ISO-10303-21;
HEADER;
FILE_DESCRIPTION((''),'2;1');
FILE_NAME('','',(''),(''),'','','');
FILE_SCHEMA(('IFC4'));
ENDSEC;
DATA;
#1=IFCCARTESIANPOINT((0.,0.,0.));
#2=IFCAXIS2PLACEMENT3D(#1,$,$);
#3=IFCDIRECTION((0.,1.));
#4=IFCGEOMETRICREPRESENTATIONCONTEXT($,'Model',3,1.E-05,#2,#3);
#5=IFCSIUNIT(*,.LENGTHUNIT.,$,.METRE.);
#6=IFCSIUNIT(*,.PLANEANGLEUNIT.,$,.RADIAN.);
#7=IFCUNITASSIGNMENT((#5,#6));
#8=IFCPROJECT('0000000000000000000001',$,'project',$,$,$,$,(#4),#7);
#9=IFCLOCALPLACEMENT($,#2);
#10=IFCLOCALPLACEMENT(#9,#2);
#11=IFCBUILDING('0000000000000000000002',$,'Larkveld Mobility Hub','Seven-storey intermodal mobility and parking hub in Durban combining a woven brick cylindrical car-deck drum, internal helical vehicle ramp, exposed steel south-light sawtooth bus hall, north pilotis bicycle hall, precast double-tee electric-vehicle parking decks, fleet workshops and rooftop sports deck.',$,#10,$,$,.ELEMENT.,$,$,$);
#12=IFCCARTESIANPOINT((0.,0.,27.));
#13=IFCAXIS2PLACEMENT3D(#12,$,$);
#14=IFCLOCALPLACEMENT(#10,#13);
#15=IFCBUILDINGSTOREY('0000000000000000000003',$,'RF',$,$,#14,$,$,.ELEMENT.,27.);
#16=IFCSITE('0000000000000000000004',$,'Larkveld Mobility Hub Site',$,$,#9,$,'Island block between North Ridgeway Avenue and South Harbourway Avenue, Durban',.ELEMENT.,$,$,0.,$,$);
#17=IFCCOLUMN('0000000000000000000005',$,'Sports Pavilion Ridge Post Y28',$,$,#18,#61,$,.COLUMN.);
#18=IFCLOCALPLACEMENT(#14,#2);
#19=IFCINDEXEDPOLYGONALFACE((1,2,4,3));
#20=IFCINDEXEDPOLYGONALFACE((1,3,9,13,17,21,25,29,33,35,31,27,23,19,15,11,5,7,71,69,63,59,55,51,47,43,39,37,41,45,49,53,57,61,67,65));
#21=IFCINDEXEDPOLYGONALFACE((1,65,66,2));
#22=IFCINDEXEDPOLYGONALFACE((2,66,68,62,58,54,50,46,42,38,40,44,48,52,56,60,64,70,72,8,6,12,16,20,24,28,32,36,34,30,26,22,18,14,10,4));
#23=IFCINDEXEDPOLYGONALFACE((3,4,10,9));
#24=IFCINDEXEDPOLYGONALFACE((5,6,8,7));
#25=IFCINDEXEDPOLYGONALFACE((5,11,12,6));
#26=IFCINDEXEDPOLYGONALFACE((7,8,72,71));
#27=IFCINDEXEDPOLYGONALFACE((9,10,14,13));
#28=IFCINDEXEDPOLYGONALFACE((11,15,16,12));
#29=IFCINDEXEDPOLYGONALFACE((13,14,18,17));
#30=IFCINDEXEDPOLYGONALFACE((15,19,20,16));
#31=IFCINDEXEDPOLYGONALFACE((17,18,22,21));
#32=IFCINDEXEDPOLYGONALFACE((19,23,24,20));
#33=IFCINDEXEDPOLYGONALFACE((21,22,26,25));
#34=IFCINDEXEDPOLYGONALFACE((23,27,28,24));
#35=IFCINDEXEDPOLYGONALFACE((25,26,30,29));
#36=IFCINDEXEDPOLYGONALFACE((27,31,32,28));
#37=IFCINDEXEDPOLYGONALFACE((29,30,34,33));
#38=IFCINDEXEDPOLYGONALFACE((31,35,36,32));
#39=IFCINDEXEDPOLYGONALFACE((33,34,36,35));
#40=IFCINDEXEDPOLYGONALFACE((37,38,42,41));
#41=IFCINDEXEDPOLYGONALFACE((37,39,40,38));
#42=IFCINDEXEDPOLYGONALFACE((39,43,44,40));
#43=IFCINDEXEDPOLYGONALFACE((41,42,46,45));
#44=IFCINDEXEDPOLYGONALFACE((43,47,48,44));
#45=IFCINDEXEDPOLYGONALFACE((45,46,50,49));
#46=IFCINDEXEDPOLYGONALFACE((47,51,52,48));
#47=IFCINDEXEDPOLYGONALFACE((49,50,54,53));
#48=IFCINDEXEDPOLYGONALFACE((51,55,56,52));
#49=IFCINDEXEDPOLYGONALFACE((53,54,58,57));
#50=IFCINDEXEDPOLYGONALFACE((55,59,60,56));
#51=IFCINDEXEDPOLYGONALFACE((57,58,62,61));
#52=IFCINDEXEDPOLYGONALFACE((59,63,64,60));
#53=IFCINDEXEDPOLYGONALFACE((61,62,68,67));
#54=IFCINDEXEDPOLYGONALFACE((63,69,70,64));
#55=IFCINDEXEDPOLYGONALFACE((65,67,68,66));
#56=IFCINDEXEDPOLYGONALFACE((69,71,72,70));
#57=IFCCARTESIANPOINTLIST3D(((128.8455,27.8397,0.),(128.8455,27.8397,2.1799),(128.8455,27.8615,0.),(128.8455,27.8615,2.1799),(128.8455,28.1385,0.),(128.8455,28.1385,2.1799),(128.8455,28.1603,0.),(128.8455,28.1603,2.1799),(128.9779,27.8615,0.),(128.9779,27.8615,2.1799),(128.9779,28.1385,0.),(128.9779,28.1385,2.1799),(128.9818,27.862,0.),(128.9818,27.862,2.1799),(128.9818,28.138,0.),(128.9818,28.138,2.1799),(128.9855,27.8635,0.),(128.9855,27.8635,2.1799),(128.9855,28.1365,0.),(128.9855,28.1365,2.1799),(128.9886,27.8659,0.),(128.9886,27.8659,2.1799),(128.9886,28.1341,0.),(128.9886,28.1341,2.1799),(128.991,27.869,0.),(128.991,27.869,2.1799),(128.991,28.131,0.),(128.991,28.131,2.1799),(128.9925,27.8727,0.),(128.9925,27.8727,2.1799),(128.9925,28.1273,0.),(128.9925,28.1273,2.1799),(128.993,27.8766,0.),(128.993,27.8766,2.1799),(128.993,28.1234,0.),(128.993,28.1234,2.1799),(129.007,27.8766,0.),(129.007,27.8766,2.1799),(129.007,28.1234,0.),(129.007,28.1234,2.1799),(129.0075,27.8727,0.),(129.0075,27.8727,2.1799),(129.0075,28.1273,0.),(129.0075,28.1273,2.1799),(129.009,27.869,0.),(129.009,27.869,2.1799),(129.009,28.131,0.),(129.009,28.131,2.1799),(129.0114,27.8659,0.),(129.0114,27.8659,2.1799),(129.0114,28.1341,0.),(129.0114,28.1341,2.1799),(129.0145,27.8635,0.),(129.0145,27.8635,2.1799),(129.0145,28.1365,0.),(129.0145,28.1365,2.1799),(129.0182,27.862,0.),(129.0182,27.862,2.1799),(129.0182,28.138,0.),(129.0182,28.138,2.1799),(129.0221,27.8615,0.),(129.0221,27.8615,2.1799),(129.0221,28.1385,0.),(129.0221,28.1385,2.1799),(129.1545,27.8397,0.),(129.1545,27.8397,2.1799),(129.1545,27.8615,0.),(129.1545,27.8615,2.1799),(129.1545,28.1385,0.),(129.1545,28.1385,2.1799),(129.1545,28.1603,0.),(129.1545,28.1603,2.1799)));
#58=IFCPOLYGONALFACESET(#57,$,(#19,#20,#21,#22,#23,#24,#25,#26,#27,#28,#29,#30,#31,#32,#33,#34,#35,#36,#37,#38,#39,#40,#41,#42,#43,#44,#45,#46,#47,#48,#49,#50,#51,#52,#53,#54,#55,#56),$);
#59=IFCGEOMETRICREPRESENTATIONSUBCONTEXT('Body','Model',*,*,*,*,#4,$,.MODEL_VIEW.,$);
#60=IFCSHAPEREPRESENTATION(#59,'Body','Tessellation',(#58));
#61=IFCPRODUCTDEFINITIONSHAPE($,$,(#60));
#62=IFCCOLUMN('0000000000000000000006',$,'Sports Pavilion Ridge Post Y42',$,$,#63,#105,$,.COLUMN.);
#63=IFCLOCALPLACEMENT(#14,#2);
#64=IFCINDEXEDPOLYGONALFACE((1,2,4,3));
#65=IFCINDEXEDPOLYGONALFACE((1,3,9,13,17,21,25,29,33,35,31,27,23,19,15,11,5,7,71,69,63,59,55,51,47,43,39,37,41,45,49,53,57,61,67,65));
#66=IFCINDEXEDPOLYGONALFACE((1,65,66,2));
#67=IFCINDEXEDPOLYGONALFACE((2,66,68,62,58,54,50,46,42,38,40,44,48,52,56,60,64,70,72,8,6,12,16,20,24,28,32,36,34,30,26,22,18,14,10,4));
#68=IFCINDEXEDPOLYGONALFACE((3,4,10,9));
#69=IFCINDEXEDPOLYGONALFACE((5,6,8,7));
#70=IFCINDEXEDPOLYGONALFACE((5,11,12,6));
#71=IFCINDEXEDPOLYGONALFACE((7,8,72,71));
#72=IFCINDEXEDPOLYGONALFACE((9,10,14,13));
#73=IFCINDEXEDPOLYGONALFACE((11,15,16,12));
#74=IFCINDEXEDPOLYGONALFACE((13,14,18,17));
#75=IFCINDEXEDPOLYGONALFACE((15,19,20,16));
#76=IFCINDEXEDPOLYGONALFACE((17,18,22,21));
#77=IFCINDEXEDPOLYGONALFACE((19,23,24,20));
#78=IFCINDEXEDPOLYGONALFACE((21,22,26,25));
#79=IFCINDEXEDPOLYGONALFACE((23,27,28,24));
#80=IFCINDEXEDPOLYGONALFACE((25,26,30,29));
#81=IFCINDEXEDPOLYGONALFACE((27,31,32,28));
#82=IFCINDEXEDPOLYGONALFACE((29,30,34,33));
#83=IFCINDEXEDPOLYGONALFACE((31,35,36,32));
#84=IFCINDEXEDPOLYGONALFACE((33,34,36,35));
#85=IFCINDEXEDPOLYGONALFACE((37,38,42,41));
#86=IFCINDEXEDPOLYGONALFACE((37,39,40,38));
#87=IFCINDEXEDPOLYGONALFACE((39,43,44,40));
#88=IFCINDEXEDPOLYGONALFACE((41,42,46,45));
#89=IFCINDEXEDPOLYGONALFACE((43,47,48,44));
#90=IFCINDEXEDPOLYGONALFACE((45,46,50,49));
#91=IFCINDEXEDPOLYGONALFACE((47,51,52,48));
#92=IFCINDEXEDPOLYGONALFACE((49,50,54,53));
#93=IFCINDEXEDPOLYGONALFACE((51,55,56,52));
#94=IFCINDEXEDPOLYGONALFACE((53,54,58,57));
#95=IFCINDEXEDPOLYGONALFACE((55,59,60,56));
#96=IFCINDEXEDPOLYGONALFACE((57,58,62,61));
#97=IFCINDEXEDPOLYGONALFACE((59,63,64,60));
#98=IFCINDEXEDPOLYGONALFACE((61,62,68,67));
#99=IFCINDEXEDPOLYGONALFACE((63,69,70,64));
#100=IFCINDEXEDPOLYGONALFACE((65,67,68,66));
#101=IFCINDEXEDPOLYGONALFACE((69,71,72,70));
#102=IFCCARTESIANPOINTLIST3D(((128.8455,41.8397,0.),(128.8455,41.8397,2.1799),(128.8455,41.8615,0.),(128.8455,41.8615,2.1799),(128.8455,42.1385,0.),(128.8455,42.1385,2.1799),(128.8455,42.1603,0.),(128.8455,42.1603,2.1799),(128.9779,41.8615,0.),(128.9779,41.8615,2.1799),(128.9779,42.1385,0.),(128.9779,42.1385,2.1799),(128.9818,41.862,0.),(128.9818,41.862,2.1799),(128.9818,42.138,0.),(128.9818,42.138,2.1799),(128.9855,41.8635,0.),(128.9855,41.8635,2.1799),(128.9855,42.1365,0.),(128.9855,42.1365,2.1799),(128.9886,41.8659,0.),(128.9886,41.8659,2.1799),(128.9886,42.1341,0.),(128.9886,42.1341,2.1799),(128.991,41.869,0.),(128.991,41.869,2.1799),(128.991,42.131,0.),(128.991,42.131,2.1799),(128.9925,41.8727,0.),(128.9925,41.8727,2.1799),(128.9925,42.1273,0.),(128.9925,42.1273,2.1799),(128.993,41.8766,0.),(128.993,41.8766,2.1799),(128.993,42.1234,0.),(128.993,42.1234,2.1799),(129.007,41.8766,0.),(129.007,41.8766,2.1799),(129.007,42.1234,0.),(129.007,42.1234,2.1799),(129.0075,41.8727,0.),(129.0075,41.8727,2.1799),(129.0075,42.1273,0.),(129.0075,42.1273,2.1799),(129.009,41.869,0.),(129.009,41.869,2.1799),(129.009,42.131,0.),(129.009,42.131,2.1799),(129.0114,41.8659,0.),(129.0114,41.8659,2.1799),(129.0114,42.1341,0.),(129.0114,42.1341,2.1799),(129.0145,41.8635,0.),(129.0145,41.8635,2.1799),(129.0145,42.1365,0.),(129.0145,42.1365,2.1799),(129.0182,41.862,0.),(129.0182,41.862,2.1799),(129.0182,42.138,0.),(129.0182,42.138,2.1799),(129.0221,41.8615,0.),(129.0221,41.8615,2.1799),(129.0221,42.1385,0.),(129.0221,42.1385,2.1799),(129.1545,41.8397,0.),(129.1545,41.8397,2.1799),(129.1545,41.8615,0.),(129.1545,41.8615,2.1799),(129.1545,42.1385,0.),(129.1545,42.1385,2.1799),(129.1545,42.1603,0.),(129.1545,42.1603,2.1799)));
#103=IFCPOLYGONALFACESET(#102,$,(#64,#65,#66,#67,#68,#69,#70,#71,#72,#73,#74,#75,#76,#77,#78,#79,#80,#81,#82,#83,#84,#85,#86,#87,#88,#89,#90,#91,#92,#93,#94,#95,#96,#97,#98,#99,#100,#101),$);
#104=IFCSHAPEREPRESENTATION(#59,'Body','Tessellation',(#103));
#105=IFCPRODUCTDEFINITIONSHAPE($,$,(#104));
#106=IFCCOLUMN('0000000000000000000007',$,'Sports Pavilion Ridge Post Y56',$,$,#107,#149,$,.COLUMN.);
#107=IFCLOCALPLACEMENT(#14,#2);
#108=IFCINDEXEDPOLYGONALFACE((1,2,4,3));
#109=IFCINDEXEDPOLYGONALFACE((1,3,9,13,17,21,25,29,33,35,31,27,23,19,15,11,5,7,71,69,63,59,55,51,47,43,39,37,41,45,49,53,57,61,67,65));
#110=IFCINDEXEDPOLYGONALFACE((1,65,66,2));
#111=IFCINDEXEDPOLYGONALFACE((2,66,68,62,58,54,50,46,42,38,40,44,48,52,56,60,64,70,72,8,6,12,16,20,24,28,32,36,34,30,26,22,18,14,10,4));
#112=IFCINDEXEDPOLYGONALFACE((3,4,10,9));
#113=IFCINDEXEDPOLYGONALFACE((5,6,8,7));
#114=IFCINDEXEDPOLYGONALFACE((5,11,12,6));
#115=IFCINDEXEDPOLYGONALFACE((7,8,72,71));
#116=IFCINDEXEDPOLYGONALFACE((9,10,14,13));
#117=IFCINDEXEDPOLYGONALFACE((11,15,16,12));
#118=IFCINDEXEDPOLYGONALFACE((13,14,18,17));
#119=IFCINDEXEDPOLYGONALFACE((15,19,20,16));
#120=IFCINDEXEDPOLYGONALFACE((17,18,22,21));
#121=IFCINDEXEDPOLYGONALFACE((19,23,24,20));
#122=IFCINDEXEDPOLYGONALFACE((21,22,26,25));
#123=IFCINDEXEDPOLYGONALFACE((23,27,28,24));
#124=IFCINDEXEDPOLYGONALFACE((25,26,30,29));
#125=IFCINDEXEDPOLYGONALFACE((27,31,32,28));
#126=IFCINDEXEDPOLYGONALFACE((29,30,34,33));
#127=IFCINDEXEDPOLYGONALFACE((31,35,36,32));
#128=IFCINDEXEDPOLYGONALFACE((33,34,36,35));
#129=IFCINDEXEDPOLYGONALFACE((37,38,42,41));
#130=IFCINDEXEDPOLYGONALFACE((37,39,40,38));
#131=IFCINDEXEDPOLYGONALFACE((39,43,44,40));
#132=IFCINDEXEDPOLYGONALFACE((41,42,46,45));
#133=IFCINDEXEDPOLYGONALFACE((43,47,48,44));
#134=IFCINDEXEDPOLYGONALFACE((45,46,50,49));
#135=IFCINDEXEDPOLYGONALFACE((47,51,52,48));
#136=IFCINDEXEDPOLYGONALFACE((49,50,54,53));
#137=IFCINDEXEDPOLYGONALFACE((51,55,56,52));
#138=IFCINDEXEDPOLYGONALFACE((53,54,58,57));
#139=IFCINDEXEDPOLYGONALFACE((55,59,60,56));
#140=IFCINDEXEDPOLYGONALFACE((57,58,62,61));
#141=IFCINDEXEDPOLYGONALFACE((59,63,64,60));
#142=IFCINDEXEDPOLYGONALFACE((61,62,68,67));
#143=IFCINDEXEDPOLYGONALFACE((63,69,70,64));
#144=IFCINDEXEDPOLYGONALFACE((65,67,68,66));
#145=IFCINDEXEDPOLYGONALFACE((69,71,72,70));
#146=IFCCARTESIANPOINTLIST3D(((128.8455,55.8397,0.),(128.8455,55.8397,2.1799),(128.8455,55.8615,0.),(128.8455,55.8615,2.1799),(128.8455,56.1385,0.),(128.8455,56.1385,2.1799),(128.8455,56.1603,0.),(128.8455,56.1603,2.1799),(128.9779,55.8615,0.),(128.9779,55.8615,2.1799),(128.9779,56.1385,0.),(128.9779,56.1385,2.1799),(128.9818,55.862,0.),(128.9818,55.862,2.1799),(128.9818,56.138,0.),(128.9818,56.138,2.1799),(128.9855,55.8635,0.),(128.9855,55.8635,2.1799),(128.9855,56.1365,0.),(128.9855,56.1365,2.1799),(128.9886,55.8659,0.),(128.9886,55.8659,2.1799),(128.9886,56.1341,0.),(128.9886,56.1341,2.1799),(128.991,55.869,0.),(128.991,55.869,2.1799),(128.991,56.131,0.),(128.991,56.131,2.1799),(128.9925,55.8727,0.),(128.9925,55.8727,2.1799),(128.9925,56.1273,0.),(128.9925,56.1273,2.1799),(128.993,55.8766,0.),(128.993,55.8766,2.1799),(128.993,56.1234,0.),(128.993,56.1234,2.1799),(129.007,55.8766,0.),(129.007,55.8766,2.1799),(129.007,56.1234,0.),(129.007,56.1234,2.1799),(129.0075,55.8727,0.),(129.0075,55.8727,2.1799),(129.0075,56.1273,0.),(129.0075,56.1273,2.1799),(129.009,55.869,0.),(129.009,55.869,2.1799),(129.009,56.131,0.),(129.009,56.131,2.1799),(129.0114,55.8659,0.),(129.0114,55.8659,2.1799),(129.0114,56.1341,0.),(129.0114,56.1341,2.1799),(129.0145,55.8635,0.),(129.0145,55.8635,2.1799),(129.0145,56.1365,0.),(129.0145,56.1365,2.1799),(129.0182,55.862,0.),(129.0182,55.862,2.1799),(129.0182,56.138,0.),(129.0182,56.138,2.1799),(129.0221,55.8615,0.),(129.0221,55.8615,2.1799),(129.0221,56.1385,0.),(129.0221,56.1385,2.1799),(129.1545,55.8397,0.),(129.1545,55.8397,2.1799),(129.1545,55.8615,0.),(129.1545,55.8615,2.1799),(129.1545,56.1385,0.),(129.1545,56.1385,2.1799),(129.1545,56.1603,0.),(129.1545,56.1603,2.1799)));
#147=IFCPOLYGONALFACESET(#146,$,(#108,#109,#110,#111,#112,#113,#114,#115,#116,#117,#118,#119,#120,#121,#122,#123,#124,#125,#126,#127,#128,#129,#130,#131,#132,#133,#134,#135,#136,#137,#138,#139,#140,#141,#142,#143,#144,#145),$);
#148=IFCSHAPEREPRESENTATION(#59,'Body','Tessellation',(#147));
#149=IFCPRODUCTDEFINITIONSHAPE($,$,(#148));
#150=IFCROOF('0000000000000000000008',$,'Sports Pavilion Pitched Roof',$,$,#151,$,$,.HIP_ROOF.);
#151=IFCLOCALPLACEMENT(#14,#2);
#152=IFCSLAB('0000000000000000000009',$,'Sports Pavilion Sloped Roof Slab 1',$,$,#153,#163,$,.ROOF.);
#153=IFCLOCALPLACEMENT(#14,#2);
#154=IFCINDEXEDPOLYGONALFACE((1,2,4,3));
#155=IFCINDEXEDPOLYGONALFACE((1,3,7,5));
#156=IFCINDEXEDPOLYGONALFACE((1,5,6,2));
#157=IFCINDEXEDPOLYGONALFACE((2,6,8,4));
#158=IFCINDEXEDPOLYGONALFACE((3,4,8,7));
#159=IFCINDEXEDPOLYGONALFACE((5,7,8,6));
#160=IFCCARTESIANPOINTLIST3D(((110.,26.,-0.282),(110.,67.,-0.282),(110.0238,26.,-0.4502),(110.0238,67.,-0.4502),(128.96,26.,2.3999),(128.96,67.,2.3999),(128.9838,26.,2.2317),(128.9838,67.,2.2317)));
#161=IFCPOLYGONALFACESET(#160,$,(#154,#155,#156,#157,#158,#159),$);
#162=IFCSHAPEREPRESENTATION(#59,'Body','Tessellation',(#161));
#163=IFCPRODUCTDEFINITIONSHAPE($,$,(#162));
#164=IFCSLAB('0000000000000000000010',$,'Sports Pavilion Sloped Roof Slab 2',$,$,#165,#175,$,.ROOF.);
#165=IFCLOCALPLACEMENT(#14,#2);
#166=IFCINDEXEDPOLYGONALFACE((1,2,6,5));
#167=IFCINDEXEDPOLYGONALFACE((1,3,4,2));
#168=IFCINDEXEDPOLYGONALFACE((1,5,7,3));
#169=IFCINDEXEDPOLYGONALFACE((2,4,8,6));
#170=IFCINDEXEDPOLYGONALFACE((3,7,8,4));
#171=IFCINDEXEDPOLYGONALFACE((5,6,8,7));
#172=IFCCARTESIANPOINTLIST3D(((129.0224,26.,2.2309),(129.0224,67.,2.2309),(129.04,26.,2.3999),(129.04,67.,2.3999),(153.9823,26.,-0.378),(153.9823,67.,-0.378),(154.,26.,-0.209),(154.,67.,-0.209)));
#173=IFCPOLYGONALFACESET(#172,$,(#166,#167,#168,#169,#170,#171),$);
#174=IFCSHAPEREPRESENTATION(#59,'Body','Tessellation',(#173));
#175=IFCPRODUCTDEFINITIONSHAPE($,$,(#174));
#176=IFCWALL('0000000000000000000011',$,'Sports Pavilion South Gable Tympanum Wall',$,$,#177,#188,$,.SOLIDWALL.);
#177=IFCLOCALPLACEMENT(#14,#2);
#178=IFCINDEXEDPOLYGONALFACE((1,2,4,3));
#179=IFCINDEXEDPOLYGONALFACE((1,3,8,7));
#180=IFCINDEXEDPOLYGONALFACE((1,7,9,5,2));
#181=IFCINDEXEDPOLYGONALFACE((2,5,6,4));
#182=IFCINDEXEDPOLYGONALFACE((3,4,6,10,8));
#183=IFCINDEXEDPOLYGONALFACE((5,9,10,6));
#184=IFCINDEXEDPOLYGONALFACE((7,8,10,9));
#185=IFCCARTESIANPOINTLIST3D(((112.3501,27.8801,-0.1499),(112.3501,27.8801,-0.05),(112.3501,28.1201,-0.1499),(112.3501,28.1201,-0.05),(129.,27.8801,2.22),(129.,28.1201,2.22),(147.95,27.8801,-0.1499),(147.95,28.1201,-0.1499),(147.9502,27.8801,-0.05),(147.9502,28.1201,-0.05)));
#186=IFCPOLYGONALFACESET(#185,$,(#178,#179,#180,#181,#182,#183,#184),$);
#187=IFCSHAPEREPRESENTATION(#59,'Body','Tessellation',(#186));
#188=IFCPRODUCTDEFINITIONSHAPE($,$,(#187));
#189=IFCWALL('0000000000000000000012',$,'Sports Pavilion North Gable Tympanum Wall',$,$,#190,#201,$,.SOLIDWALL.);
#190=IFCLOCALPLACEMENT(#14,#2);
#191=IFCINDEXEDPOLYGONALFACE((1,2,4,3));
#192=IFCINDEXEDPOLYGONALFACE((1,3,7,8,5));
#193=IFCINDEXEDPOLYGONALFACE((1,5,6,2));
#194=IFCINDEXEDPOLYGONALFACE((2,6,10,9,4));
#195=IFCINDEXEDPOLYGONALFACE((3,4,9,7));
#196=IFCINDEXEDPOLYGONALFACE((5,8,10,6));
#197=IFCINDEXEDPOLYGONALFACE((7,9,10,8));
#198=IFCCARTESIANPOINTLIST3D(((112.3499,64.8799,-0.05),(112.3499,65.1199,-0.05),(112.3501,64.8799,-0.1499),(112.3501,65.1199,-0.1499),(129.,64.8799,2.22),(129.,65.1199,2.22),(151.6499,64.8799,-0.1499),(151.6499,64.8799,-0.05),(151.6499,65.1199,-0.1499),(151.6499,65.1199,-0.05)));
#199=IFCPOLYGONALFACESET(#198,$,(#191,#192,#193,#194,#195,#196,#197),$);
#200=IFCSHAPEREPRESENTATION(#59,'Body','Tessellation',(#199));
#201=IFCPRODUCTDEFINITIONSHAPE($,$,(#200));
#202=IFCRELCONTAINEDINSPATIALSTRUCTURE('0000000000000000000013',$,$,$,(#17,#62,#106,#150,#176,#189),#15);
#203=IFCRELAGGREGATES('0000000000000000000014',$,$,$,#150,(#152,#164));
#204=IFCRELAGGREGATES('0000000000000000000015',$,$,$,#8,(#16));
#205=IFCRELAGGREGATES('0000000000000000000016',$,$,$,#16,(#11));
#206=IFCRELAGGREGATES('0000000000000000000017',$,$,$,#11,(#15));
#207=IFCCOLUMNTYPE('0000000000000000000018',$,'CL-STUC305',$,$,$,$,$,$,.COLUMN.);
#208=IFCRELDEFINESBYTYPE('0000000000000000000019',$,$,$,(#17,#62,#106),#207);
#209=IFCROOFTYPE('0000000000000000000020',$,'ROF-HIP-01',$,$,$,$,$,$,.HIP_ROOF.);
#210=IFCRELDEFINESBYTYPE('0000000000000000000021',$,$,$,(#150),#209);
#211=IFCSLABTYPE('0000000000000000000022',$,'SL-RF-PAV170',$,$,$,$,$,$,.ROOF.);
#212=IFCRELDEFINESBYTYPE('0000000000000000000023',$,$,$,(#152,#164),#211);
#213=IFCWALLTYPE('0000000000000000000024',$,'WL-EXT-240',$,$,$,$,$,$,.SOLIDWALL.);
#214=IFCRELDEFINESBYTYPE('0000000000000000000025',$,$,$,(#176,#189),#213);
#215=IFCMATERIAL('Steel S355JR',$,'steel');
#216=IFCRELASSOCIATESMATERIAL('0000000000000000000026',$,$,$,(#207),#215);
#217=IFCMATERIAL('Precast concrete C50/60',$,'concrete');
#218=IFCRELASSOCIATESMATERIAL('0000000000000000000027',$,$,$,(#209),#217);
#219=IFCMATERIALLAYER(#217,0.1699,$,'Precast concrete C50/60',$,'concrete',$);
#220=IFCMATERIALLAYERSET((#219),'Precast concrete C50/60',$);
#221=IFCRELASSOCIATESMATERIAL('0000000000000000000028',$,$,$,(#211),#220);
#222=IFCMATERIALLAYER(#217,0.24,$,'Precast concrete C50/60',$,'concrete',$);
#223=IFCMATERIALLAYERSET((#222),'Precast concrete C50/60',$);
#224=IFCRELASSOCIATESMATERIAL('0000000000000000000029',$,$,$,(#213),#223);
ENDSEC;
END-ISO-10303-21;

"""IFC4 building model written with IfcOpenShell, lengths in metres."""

from ifc_helpers import new_model, si_unit, direction, frame, origin, origin_2d, place, context, subcontext, project, spatial, polyline, i_section, outline, extrude, material, layer, layer_set, material_profile, profile_set, type_object, element, aggregate, save


model = new_model("IFC4")

# Units and contexts
model_context = context("Model", 3, precision=1e-05, world=origin(), true_north=direction((0.0, 1.0)))
body_context = subcontext(model_context, "Body", "Model", "MODEL_VIEW")
ifc_project = project(units=[si_unit("LENGTHUNIT", "METRE"), si_unit("PLANEANGLEUNIT", "RADIAN")], contexts=[model_context])

# Site, building, storey
site_placement = place(None, origin())
site = spatial("IfcSite", under=ifc_project, at=site_placement, Name="Larkveld Mobility Hub Site", LongName="Island block between North Ridgeway Avenue and South Harbourway Avenue, Durban", CompositionType="ELEMENT", RefElevation=0.0)
building_placement = place(site_placement, origin())
building = spatial("IfcBuilding", under=site, at=building_placement, Name="Larkveld Mobility Hub", Description="Seven-storey intermodal mobility and parking hub in Durban combining a woven brick cylindrical car-deck drum, internal helical vehicle ramp, exposed steel south-light sawtooth bus hall, north pilotis bicycle hall, precast double-tee electric-vehicle parking decks, fleet workshops and rooftop sports deck.", CompositionType="ELEMENT")
storey_placement = place(building_placement, frame((0.0, 0.0, 27.0)))
storey = spatial("IfcBuildingStorey", under=building, at=storey_placement, Name="RF", CompositionType="ELEMENT", Elevation=27.0)

# Columns
ifc_material_1 = material(Name="Steel S355JR", Category="steel")
ifc_material_profile = material_profile(ifc_material_1, i_section(OverallWidth=0.3091, OverallDepth=0.3206, WebThickness=0.0139, FlangeThickness=0.0217, FilletRadius=0.0151, at=origin_2d()), Name="UC 305x305x137")
ifc_profile_set = profile_set([ifc_material_profile], Name="Steel S355JR")
column_type = type_object("IfcColumnType", Name="CL-STUC305", PredefinedType="COLUMN", material=ifc_profile_set)
for number, where, z_axis, x_axis, name in (
    (1, (129.0, 28.0, 0.0), (0.0, 0.0, 1.0), (1.0, 0.0, 0.0), "Sports Pavilion Ridge Post Y28"),
    (2, (129.0, 42.0, 0.0), (0.0, 0.0, 1.0), (1.0, 0.0, 0.0), "Sports Pavilion Ridge Post Y42"),
    (3, (129.0, 56.0, 0.0), (0.0, 0.0, 1.0), (1.0, 0.0, 0.0), "Sports Pavilion Ridge Post Y56"),
):
    element("IfcColumn", number, at=place(storey_placement, frame(where, z_axis=z_axis, x_axis=x_axis)), inside=storey, type_object=column_type, Name=name, PredefinedType="COLUMN", context=body_context, shape_type="SweptSolid", body=[
        extrude(i_section(OverallWidth=0.3091, OverallDepth=0.3206, WebThickness=0.0139, FlangeThickness=0.0217, FilletRadius=0.0151, at=origin_2d()), origin(), (0.0, 0.0, 1.0), 2.1799),
    ])

# Roof, slabs
ifc_material_2 = material(Name="Precast concrete C50/60", Category="concrete")
roof_type = type_object("IfcRoofType", Name="ROF-HIP-01", PredefinedType="HIP_ROOF", material=ifc_material_2)
roof_placement = place(storey_placement, origin())
roof = element("IfcRoof", 4, at=roof_placement, inside=storey, type_object=roof_type, Name="Sports Pavilion Pitched Roof", PredefinedType="HIP_ROOF")
ifc_layer_1 = layer(ifc_material_2, 0.1699, Name="Precast concrete C50/60", Category="concrete")
ifc_layer_set_1 = layer_set([ifc_layer_1], Name="Precast concrete C50/60")
slab_type = type_object("IfcSlabType", Name="SL-RF-PAV170", PredefinedType="ROOF", material=ifc_layer_set_1)
slab_1_placement = place(storey_placement, frame((110.0, 26.0, -0.282), z_axis=(-0.140056, 0.0, 0.990144), x_axis=(0.990144, 0.0, 0.140056)))
slab_1 = element("IfcSlab", 5, at=slab_1_placement, type_object=slab_type, Name="Sports Pavilion Sloped Roof Slab 1", PredefinedType="ROOF", context=body_context, shape_type="SweptSolid", body=[
    extrude(outline(polyline([(0.0, 0.0), (19.1487, 0.0), (19.1487, 41.0), (0.0, 41.0), (0.0, 0.0)])), origin(), (0.0, 0.0, -1.0), 0.1699),
])
slab_2_placement = place(storey_placement, frame((129.04, 67.0, 2.3999), z_axis=(0.103957, 0.0, 0.994582), x_axis=(0.994582, 0.0, -0.103957)))
slab_2 = element("IfcSlab", 6, at=slab_2_placement, type_object=slab_type, Name="Sports Pavilion Sloped Roof Slab 2", PredefinedType="ROOF", context=body_context, shape_type="SweptSolid", body=[
    extrude(outline(polyline([(0.0, 0.0), (25.0959, 0.0), (25.0959, -41.0), (0.0, -41.0), (0.0, 0.0)])), origin(), (0.0, 0.0, -1.0), 0.1699),
])
aggregate(roof, [slab_1, slab_2])

# Walls
ifc_layer_2 = layer(ifc_material_2, 0.24, Name="Precast concrete C50/60", Category="concrete")
ifc_layer_set_2 = layer_set([ifc_layer_2], Name="Precast concrete C50/60")
wall_type = type_object("IfcWallType", Name="WL-EXT-240", PredefinedType="SOLIDWALL", material=ifc_layer_set_2)
wall_1_placement = place(storey_placement, frame((112.3501, 28.0, -0.1499), z_axis=(0.0, 0.0, 1.0), x_axis=(1.0, 0.0, 0.0)))
element("IfcWall", 7, at=wall_1_placement, inside=storey, type_object=wall_type, Name="Sports Pavilion South Gable Tympanum Wall", PredefinedType="SOLIDWALL", context=body_context, shape_type="SweptSolid", body=[
    extrude(outline(polyline([(0.0, 0.0), (35.5999, 0.0), (35.6001, 0.0999), (16.6499, 2.3699), (0.0, 0.0999), (0.0, 0.0)])), frame((0.0, 0.1201, 0.0), z_axis=(0.0, -1.0, 0.0), x_axis=(1.0, 0.0, 0.0)), (0.0, 0.0, 1.0), 0.24),
])
wall_2_placement = place(storey_placement, frame((151.6499, 65.0, -0.1499), z_axis=(0.0, 0.0, 1.0), x_axis=(-1.0, 0.0, 0.0)))
element("IfcWall", 8, at=wall_2_placement, inside=storey, type_object=wall_type, Name="Sports Pavilion North Gable Tympanum Wall", PredefinedType="SOLIDWALL", context=body_context, shape_type="SweptSolid", body=[
    extrude(outline(polyline([(0.0, 0.0), (39.2998, 0.0), (39.3, 0.0999), (22.6499, 2.3699), (0.0, 0.0999), (0.0, 0.0)])), frame((0.0, 0.1201, 0.0), z_axis=(0.0, -1.0, 0.0), x_axis=(1.0, 0.0, 0.0)), (0.0, 0.0, 1.0), 0.24),
])

save(model, "model.ifc")
